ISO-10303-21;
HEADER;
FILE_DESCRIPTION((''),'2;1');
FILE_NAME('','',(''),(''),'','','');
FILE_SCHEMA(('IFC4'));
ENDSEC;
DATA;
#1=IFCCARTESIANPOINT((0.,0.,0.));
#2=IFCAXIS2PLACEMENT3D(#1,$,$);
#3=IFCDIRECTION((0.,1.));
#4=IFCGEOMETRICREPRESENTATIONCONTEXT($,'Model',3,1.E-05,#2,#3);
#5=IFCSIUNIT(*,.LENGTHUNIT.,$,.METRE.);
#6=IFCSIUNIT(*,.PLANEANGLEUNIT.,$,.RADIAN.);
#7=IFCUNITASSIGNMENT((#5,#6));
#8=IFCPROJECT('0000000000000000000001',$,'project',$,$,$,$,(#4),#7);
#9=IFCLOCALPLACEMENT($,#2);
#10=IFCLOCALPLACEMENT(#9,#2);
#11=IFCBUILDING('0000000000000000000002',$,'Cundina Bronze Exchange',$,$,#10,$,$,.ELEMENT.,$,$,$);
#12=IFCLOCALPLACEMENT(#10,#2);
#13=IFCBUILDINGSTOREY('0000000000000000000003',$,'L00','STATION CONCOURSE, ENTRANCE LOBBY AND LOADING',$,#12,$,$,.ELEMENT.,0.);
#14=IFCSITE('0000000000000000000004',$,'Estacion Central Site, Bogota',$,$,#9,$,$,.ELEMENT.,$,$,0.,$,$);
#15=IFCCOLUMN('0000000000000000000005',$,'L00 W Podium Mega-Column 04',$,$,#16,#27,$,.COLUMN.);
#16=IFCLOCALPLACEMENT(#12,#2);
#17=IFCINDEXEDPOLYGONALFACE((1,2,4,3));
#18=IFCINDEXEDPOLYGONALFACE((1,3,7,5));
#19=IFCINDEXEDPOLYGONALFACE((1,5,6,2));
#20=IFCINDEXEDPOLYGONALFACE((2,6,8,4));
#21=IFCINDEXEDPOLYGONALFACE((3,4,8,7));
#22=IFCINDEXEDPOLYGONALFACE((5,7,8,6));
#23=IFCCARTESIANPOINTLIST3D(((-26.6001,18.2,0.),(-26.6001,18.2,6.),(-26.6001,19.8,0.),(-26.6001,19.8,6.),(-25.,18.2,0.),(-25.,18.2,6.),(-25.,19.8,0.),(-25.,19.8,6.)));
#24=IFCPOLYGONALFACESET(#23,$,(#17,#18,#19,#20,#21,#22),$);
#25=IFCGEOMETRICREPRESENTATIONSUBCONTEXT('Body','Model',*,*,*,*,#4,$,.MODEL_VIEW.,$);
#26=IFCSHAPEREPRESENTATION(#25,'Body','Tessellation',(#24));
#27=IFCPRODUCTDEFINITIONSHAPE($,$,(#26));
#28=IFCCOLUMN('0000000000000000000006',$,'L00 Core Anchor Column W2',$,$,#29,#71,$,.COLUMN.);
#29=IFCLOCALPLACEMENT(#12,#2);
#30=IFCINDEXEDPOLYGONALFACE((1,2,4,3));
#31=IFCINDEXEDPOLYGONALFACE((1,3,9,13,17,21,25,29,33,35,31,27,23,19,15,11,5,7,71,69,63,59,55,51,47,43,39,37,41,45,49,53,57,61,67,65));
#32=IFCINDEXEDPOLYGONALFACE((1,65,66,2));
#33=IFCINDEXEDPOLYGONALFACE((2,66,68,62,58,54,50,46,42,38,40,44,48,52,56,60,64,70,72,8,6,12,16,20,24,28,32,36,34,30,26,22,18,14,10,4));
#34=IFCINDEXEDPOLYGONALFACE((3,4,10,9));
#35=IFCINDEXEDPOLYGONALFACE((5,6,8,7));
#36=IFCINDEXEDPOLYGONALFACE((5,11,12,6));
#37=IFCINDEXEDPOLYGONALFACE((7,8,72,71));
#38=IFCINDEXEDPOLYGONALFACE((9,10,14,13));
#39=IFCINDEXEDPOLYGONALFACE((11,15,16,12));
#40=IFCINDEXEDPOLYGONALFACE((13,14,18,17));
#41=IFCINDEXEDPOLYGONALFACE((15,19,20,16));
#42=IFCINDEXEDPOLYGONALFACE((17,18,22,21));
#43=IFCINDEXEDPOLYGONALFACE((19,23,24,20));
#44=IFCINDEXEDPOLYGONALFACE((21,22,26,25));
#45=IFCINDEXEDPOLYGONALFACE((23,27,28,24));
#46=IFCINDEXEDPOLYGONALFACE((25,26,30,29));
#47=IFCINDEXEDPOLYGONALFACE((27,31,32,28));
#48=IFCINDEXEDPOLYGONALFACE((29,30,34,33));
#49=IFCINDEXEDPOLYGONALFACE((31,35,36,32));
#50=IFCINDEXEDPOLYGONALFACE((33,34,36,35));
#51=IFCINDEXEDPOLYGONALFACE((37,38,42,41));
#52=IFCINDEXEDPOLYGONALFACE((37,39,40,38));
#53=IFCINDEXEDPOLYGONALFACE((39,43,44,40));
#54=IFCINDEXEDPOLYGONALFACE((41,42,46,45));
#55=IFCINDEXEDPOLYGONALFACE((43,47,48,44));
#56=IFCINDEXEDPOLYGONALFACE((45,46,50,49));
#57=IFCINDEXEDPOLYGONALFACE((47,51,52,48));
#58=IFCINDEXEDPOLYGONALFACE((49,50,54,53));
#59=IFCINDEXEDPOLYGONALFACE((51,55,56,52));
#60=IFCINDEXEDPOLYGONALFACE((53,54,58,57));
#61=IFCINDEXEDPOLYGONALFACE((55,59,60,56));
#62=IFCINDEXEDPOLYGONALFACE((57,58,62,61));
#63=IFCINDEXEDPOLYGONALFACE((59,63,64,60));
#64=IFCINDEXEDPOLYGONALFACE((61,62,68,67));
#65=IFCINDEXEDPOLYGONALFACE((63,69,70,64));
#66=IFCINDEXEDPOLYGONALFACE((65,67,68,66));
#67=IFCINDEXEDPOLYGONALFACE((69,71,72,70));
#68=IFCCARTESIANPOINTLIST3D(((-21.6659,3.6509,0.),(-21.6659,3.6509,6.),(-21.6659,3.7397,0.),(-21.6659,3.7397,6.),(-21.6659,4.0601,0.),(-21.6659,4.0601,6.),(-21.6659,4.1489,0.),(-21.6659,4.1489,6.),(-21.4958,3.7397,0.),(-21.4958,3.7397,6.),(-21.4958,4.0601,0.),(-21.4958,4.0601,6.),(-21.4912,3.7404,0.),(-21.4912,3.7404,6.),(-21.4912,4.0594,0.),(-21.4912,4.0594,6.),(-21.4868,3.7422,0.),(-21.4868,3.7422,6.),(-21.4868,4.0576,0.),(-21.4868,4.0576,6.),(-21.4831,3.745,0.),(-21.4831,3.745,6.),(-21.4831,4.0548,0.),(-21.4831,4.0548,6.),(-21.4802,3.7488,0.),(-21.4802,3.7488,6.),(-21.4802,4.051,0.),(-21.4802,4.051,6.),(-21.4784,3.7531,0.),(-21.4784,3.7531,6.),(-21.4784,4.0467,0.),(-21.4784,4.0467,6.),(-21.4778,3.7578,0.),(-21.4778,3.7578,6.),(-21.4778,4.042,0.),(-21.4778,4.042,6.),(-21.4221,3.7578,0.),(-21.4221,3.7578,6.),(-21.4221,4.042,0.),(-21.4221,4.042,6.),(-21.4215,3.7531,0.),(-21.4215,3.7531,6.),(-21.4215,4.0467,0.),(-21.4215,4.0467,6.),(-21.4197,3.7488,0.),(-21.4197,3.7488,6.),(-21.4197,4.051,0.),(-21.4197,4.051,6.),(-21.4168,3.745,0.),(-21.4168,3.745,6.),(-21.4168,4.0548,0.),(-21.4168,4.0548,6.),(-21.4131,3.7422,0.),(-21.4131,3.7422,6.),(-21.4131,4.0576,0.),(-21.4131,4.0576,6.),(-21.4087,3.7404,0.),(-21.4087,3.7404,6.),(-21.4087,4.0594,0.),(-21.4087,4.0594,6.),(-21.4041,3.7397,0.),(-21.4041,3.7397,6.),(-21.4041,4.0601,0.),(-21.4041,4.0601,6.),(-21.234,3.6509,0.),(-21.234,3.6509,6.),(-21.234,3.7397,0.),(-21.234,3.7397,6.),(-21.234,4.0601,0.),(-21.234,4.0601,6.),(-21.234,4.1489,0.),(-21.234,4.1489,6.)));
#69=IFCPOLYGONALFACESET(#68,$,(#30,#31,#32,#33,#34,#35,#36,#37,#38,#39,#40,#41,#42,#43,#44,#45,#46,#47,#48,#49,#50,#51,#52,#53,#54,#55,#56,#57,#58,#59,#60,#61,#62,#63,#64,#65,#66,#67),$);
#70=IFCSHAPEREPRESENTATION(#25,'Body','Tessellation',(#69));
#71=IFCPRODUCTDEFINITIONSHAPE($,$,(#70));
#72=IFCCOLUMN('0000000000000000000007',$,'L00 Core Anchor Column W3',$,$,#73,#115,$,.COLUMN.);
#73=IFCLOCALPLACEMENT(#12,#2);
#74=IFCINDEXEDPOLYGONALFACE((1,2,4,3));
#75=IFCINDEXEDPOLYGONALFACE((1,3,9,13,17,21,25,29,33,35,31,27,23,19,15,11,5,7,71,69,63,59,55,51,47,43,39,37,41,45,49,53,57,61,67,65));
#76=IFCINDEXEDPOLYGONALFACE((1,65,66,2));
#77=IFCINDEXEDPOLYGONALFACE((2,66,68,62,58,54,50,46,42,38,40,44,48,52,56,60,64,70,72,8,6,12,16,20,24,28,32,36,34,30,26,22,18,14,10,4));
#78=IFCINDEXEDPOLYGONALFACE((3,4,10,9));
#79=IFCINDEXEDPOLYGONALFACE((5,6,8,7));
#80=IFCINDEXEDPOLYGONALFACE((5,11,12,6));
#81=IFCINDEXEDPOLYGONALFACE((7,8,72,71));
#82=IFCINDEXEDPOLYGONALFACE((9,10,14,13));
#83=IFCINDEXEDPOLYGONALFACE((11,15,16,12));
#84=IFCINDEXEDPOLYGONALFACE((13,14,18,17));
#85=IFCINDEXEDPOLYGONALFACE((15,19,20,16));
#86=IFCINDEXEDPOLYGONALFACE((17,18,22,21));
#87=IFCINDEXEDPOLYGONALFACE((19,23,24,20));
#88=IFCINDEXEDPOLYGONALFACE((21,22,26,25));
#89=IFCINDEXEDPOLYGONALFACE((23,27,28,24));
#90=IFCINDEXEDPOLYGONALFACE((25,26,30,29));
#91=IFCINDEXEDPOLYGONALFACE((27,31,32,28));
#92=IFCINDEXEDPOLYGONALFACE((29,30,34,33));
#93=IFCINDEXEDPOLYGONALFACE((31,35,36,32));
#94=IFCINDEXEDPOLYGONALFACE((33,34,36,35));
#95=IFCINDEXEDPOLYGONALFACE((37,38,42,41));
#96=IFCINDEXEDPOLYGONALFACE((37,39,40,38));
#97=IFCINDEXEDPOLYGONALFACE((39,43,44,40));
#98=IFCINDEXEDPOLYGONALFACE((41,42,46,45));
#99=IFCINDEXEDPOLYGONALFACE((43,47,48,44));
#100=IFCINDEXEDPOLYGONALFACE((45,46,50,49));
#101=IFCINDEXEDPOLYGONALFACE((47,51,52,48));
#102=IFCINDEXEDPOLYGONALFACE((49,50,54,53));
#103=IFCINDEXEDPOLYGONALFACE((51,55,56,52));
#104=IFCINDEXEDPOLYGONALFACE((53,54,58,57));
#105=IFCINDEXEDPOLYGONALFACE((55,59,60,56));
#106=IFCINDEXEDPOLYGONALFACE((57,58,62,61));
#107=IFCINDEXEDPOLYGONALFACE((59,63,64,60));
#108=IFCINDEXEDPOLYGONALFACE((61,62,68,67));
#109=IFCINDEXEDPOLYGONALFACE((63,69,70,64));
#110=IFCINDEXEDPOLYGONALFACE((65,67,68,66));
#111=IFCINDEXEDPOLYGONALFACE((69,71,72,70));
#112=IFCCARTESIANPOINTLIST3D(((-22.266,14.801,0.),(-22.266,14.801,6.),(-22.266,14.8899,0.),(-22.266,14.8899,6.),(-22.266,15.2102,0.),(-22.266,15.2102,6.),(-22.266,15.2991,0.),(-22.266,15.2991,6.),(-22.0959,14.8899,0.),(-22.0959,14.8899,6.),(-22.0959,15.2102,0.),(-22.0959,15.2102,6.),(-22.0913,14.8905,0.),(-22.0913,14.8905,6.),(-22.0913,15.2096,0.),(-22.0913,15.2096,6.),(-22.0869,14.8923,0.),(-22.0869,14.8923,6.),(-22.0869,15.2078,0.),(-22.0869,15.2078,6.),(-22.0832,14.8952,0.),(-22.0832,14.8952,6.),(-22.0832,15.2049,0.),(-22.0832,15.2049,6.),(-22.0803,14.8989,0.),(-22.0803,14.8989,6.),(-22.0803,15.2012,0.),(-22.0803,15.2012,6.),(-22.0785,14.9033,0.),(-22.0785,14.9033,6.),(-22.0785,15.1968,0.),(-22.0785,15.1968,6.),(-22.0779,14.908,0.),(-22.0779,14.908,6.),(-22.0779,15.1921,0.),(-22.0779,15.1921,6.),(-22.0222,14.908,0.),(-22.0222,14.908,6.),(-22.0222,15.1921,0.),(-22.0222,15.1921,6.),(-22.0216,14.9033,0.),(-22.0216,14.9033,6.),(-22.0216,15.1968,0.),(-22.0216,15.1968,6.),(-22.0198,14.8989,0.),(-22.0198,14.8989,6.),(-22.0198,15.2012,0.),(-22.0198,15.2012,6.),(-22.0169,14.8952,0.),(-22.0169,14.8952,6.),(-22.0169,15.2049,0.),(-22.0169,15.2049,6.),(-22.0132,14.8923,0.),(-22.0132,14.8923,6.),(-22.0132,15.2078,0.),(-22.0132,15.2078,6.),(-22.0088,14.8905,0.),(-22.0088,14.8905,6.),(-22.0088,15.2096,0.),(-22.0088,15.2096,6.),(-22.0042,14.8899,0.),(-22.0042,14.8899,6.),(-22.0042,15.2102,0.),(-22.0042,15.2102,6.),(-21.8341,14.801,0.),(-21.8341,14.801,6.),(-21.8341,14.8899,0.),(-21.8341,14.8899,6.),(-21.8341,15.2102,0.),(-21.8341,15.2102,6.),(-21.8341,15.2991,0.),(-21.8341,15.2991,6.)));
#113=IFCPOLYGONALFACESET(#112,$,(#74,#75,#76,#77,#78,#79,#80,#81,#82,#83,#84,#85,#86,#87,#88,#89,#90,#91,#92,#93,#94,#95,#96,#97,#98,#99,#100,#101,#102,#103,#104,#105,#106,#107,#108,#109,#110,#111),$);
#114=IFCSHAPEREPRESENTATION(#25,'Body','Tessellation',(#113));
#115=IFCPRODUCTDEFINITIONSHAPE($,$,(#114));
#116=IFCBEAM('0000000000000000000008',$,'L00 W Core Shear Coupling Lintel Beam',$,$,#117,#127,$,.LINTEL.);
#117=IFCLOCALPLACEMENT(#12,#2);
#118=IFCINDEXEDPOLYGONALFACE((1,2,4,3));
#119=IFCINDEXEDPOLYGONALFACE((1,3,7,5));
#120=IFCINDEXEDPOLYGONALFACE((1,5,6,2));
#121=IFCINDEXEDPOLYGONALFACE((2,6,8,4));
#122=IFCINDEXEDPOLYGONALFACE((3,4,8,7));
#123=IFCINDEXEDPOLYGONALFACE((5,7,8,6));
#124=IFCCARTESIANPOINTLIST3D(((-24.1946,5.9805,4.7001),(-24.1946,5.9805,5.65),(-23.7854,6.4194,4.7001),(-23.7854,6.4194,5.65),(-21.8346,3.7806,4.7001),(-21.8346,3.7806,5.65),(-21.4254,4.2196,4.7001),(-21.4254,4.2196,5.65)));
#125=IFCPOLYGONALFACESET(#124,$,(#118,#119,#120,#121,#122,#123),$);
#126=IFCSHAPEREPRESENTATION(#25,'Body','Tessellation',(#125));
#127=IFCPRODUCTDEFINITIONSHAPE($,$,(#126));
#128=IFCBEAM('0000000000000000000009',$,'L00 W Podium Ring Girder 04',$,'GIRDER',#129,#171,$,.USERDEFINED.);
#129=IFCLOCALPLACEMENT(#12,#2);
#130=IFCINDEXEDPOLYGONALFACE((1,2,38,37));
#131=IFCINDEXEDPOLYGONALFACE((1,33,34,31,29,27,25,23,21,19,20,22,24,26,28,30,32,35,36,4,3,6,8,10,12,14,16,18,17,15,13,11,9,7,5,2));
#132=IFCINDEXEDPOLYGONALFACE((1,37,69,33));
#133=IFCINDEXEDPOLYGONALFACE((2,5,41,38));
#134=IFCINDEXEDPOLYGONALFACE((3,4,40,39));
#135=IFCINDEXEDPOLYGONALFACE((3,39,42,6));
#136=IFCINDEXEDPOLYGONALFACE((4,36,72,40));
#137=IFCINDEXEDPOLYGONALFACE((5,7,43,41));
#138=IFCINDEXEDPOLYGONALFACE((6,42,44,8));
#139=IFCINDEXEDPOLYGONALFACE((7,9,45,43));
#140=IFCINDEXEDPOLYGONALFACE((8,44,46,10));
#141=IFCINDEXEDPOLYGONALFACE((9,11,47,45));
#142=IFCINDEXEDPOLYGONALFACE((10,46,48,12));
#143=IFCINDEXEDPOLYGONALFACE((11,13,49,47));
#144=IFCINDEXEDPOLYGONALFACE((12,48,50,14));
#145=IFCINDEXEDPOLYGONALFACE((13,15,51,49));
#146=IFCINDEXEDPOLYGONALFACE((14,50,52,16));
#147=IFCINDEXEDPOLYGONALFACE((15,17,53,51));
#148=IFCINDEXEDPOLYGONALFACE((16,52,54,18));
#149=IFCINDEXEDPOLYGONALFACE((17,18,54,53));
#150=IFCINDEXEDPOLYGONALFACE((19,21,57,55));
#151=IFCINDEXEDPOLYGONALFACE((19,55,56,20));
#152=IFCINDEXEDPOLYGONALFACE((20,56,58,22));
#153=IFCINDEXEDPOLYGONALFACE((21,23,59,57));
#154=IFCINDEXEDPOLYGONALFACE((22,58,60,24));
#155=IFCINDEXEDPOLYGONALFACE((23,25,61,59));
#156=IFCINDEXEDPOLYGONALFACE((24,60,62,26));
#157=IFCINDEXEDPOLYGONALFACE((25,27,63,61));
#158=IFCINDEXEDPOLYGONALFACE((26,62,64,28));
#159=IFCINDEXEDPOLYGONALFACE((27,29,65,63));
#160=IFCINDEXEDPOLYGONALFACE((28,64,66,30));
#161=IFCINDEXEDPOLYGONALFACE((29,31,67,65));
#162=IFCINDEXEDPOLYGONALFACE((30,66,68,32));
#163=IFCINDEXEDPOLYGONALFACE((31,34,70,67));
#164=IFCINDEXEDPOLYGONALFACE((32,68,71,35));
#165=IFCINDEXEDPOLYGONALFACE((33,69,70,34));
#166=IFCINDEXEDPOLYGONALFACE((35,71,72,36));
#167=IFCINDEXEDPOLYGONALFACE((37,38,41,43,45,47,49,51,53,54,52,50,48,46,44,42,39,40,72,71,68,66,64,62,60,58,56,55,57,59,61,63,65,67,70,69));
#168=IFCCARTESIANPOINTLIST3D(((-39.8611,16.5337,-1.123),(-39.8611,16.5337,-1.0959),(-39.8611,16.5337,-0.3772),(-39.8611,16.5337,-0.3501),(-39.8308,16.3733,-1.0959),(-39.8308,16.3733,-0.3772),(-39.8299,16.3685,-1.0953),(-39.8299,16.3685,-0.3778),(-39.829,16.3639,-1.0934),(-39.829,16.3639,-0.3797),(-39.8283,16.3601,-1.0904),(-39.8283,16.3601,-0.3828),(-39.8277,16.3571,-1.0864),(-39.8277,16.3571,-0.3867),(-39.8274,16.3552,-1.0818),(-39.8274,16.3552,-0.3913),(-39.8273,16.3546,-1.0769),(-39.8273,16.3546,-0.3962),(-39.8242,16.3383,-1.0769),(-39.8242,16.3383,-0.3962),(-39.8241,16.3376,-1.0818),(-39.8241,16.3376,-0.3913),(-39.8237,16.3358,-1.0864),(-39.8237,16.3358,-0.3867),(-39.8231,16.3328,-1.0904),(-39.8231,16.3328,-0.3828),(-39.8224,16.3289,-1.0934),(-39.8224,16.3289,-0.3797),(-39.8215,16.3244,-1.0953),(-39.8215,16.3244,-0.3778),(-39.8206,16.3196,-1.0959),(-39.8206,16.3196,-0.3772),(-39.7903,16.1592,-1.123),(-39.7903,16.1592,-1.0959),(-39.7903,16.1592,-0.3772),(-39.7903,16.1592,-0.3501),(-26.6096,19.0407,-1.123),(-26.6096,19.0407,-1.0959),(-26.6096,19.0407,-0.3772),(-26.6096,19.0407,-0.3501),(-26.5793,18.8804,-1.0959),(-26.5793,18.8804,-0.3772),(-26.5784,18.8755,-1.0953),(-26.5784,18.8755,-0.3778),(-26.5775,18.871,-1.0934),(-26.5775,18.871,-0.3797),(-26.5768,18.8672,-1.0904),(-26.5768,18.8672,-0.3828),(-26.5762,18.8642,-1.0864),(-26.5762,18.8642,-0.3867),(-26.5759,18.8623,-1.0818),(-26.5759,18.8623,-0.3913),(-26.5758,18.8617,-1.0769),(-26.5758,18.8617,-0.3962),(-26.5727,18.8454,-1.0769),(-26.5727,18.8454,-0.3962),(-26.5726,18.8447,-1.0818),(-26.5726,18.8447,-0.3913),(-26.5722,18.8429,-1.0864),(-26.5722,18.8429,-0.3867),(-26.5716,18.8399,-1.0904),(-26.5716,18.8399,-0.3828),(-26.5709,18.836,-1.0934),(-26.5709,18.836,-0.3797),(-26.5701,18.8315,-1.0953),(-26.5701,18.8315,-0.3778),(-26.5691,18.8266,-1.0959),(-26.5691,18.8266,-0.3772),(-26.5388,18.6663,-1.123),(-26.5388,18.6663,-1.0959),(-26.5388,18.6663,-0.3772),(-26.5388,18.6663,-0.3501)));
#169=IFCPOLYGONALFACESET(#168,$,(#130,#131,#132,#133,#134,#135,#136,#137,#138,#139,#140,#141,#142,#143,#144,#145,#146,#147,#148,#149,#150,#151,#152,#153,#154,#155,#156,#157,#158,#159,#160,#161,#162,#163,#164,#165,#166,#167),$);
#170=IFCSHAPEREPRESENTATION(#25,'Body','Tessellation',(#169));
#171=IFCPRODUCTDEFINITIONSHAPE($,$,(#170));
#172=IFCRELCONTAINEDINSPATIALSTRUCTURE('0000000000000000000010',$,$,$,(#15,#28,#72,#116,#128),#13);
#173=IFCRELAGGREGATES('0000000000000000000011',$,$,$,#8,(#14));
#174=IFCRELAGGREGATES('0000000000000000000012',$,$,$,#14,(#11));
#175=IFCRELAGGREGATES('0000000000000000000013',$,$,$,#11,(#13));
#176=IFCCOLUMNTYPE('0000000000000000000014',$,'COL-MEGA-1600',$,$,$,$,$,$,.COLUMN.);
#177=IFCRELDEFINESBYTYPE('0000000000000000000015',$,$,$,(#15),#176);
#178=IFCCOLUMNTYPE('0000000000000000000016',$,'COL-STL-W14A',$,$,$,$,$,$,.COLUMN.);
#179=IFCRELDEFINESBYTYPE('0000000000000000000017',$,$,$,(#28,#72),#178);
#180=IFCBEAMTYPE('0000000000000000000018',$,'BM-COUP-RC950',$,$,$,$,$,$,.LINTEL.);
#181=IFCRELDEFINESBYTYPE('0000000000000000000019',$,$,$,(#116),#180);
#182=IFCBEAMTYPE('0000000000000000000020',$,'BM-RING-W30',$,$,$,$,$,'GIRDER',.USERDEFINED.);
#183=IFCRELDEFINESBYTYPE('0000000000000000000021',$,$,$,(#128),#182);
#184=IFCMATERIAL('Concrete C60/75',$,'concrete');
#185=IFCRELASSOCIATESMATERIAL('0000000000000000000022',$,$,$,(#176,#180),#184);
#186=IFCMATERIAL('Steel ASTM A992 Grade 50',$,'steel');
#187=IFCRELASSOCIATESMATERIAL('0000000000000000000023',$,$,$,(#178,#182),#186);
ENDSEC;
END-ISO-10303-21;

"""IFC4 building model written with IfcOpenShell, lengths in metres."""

from ifc_helpers import new_model, si_unit, direction, frame, origin, origin_2d, place, context, subcontext, project, spatial, rectangle, i_section, extrude, material, material_profile, profile_set, type_object, element, save


model = new_model("IFC4")

# Units and contexts
model_context = context("Model", 3, precision=1e-05, world=origin(), true_north=direction((0.0, 1.0)))
body_context = subcontext(model_context, "Body", "Model", "MODEL_VIEW")
ifc_project = project(units=[si_unit("LENGTHUNIT", "METRE"), si_unit("PLANEANGLEUNIT", "RADIAN")], contexts=[model_context])

# Site, building, storey
site_placement = place(None, origin())
site = spatial("IfcSite", under=ifc_project, at=site_placement, Name="Estacion Central Site, Bogota", CompositionType="ELEMENT", RefElevation=0.0)
building_placement = place(site_placement, origin())
building = spatial("IfcBuilding", under=site, at=building_placement, Name="Cundina Bronze Exchange", CompositionType="ELEMENT")
storey_placement = place(building_placement, origin())
storey = spatial("IfcBuildingStorey", under=building, at=storey_placement, Name="L00", Description="STATION CONCOURSE, ENTRANCE LOBBY AND LOADING", CompositionType="ELEMENT", Elevation=0.0)

# Columns
ifc_material_1 = material(Name="Concrete C60/75", Category="concrete")
ifc_material_profile_1 = material_profile(ifc_material_1, rectangle(XDim=1.6001, YDim=1.6001, at=origin_2d()), Name="RC1600X1600", Category="concrete")
ifc_profile_set_1 = profile_set([ifc_material_profile_1], Name="Concrete C60/75")
column_type_1 = type_object("IfcColumnType", Name="COL-MEGA-1600", PredefinedType="COLUMN", material=ifc_profile_set_1)
column_placement = place(storey_placement, frame((-25.8, 19.0, 0.0), z_axis=(0.0, 0.0, 1.0), x_axis=(1.0, 0.0, 0.0)))
element("IfcColumn", 1, at=column_placement, inside=storey, type_object=column_type_1, Name="L00 W Podium Mega-Column 04", PredefinedType="COLUMN", context=body_context, shape_type="SweptSolid", body=[
    extrude(rectangle(XDim=1.6001, YDim=1.6001, at=origin_2d()), origin(), (0.0, 0.0, 1.0), 6.0),
])
ifc_material_2 = material(Name="Steel ASTM A992 Grade 50", Category="steel")
ifc_material_profile_2 = material_profile(ifc_material_2, i_section(OverallWidth=0.4319, OverallDepth=0.498, WebThickness=0.0557, FlangeThickness=0.0889, FilletRadius=0.0181, at=origin_2d()), Name="W14X500", Category="steel")
ifc_profile_set_2 = profile_set([ifc_material_profile_2], Name="Steel ASTM A992 Grade 50")
column_type_2 = type_object("IfcColumnType", Name="COL-STL-W14A", PredefinedType="COLUMN", material=ifc_profile_set_2)
for number, where, z_axis, x_axis, name in (
    (2, (-21.45, 3.8999, 0.0), (0.0, 0.0, 1.0), (1.0, 0.0, 0.0), "L00 Core Anchor Column W2"),
    (3, (-22.05, 15.05, 0.0), (0.0, 0.0, 1.0), (1.0, 0.0, 0.0), "L00 Core Anchor Column W3"),
):
    element("IfcColumn", number, at=place(storey_placement, frame(where, z_axis=z_axis, x_axis=x_axis)), inside=storey, type_object=column_type_2, Name=name, PredefinedType="COLUMN", context=body_context, shape_type="SweptSolid", body=[
        extrude(i_section(OverallWidth=0.4319, OverallDepth=0.498, WebThickness=0.0557, FlangeThickness=0.0889, FilletRadius=0.0181, at=origin_2d()), origin(), (0.0, 0.0, 1.0), 6.0),
    ])

# Beams
ifc_material_profile_3 = material_profile(ifc_material_1, rectangle(XDim=0.6001, YDim=0.95, at=origin_2d()), Name="RC600X950", Category="concrete")
ifc_profile_set_3 = profile_set([ifc_material_profile_3], Name="Concrete C60/75")
beam_type_1 = type_object("IfcBeamType", Name="BM-COUP-RC950", PredefinedType="LINTEL", material=ifc_profile_set_3)
beam_1_placement = place(storey_placement, frame((-23.99, 6.2, 5.175), z_axis=(0.73149, -0.681852, 0.0), x_axis=(0.681852, 0.73149, 0.0)))
element("IfcBeam", 4, at=beam_1_placement, inside=storey, type_object=beam_type_1, Name="L00 W Core Shear Coupling Lintel Beam", PredefinedType="LINTEL", context=body_context, shape_type="SweptSolid", body=[
    extrude(rectangle(XDim=0.6001, YDim=0.95, at=origin_2d()), origin(), (0.0, 0.0, 1.0), 3.2263),
])
ifc_material_profile_4 = material_profile(ifc_material_2, i_section(OverallWidth=0.3811, OverallDepth=0.7729, WebThickness=0.0166, FlangeThickness=0.0271, FilletRadius=0.019, at=origin_2d()), Name="W30X173", Category="steel")
ifc_profile_set_4 = profile_set([ifc_material_profile_4], Name="Steel ASTM A992 Grade 50")
beam_type_2 = type_object("IfcBeamType", Name="BM-RING-W30", ElementType="GIRDER", PredefinedType="USERDEFINED", material=ifc_profile_set_4)
beam_2_placement = place(storey_placement, frame((-26.5742, 18.8535, -0.7366), z_axis=(-0.98257, -0.185895, 0.0), x_axis=(0.185895, -0.98257, 0.0)))
element("IfcBeam", 5, at=beam_2_placement, inside=storey, type_object=beam_type_2, Name="L00 W Podium Ring Girder 04", ObjectType="GIRDER", PredefinedType="USERDEFINED", context=body_context, shape_type="SweptSolid", body=[
    extrude(i_section(OverallWidth=0.3811, OverallDepth=0.7729, WebThickness=0.0166, FlangeThickness=0.0271, FilletRadius=0.019, at=origin_2d()), origin(), (0.0, 0.0, 1.0), 13.4866),
])

save(model, "model.ifc")
